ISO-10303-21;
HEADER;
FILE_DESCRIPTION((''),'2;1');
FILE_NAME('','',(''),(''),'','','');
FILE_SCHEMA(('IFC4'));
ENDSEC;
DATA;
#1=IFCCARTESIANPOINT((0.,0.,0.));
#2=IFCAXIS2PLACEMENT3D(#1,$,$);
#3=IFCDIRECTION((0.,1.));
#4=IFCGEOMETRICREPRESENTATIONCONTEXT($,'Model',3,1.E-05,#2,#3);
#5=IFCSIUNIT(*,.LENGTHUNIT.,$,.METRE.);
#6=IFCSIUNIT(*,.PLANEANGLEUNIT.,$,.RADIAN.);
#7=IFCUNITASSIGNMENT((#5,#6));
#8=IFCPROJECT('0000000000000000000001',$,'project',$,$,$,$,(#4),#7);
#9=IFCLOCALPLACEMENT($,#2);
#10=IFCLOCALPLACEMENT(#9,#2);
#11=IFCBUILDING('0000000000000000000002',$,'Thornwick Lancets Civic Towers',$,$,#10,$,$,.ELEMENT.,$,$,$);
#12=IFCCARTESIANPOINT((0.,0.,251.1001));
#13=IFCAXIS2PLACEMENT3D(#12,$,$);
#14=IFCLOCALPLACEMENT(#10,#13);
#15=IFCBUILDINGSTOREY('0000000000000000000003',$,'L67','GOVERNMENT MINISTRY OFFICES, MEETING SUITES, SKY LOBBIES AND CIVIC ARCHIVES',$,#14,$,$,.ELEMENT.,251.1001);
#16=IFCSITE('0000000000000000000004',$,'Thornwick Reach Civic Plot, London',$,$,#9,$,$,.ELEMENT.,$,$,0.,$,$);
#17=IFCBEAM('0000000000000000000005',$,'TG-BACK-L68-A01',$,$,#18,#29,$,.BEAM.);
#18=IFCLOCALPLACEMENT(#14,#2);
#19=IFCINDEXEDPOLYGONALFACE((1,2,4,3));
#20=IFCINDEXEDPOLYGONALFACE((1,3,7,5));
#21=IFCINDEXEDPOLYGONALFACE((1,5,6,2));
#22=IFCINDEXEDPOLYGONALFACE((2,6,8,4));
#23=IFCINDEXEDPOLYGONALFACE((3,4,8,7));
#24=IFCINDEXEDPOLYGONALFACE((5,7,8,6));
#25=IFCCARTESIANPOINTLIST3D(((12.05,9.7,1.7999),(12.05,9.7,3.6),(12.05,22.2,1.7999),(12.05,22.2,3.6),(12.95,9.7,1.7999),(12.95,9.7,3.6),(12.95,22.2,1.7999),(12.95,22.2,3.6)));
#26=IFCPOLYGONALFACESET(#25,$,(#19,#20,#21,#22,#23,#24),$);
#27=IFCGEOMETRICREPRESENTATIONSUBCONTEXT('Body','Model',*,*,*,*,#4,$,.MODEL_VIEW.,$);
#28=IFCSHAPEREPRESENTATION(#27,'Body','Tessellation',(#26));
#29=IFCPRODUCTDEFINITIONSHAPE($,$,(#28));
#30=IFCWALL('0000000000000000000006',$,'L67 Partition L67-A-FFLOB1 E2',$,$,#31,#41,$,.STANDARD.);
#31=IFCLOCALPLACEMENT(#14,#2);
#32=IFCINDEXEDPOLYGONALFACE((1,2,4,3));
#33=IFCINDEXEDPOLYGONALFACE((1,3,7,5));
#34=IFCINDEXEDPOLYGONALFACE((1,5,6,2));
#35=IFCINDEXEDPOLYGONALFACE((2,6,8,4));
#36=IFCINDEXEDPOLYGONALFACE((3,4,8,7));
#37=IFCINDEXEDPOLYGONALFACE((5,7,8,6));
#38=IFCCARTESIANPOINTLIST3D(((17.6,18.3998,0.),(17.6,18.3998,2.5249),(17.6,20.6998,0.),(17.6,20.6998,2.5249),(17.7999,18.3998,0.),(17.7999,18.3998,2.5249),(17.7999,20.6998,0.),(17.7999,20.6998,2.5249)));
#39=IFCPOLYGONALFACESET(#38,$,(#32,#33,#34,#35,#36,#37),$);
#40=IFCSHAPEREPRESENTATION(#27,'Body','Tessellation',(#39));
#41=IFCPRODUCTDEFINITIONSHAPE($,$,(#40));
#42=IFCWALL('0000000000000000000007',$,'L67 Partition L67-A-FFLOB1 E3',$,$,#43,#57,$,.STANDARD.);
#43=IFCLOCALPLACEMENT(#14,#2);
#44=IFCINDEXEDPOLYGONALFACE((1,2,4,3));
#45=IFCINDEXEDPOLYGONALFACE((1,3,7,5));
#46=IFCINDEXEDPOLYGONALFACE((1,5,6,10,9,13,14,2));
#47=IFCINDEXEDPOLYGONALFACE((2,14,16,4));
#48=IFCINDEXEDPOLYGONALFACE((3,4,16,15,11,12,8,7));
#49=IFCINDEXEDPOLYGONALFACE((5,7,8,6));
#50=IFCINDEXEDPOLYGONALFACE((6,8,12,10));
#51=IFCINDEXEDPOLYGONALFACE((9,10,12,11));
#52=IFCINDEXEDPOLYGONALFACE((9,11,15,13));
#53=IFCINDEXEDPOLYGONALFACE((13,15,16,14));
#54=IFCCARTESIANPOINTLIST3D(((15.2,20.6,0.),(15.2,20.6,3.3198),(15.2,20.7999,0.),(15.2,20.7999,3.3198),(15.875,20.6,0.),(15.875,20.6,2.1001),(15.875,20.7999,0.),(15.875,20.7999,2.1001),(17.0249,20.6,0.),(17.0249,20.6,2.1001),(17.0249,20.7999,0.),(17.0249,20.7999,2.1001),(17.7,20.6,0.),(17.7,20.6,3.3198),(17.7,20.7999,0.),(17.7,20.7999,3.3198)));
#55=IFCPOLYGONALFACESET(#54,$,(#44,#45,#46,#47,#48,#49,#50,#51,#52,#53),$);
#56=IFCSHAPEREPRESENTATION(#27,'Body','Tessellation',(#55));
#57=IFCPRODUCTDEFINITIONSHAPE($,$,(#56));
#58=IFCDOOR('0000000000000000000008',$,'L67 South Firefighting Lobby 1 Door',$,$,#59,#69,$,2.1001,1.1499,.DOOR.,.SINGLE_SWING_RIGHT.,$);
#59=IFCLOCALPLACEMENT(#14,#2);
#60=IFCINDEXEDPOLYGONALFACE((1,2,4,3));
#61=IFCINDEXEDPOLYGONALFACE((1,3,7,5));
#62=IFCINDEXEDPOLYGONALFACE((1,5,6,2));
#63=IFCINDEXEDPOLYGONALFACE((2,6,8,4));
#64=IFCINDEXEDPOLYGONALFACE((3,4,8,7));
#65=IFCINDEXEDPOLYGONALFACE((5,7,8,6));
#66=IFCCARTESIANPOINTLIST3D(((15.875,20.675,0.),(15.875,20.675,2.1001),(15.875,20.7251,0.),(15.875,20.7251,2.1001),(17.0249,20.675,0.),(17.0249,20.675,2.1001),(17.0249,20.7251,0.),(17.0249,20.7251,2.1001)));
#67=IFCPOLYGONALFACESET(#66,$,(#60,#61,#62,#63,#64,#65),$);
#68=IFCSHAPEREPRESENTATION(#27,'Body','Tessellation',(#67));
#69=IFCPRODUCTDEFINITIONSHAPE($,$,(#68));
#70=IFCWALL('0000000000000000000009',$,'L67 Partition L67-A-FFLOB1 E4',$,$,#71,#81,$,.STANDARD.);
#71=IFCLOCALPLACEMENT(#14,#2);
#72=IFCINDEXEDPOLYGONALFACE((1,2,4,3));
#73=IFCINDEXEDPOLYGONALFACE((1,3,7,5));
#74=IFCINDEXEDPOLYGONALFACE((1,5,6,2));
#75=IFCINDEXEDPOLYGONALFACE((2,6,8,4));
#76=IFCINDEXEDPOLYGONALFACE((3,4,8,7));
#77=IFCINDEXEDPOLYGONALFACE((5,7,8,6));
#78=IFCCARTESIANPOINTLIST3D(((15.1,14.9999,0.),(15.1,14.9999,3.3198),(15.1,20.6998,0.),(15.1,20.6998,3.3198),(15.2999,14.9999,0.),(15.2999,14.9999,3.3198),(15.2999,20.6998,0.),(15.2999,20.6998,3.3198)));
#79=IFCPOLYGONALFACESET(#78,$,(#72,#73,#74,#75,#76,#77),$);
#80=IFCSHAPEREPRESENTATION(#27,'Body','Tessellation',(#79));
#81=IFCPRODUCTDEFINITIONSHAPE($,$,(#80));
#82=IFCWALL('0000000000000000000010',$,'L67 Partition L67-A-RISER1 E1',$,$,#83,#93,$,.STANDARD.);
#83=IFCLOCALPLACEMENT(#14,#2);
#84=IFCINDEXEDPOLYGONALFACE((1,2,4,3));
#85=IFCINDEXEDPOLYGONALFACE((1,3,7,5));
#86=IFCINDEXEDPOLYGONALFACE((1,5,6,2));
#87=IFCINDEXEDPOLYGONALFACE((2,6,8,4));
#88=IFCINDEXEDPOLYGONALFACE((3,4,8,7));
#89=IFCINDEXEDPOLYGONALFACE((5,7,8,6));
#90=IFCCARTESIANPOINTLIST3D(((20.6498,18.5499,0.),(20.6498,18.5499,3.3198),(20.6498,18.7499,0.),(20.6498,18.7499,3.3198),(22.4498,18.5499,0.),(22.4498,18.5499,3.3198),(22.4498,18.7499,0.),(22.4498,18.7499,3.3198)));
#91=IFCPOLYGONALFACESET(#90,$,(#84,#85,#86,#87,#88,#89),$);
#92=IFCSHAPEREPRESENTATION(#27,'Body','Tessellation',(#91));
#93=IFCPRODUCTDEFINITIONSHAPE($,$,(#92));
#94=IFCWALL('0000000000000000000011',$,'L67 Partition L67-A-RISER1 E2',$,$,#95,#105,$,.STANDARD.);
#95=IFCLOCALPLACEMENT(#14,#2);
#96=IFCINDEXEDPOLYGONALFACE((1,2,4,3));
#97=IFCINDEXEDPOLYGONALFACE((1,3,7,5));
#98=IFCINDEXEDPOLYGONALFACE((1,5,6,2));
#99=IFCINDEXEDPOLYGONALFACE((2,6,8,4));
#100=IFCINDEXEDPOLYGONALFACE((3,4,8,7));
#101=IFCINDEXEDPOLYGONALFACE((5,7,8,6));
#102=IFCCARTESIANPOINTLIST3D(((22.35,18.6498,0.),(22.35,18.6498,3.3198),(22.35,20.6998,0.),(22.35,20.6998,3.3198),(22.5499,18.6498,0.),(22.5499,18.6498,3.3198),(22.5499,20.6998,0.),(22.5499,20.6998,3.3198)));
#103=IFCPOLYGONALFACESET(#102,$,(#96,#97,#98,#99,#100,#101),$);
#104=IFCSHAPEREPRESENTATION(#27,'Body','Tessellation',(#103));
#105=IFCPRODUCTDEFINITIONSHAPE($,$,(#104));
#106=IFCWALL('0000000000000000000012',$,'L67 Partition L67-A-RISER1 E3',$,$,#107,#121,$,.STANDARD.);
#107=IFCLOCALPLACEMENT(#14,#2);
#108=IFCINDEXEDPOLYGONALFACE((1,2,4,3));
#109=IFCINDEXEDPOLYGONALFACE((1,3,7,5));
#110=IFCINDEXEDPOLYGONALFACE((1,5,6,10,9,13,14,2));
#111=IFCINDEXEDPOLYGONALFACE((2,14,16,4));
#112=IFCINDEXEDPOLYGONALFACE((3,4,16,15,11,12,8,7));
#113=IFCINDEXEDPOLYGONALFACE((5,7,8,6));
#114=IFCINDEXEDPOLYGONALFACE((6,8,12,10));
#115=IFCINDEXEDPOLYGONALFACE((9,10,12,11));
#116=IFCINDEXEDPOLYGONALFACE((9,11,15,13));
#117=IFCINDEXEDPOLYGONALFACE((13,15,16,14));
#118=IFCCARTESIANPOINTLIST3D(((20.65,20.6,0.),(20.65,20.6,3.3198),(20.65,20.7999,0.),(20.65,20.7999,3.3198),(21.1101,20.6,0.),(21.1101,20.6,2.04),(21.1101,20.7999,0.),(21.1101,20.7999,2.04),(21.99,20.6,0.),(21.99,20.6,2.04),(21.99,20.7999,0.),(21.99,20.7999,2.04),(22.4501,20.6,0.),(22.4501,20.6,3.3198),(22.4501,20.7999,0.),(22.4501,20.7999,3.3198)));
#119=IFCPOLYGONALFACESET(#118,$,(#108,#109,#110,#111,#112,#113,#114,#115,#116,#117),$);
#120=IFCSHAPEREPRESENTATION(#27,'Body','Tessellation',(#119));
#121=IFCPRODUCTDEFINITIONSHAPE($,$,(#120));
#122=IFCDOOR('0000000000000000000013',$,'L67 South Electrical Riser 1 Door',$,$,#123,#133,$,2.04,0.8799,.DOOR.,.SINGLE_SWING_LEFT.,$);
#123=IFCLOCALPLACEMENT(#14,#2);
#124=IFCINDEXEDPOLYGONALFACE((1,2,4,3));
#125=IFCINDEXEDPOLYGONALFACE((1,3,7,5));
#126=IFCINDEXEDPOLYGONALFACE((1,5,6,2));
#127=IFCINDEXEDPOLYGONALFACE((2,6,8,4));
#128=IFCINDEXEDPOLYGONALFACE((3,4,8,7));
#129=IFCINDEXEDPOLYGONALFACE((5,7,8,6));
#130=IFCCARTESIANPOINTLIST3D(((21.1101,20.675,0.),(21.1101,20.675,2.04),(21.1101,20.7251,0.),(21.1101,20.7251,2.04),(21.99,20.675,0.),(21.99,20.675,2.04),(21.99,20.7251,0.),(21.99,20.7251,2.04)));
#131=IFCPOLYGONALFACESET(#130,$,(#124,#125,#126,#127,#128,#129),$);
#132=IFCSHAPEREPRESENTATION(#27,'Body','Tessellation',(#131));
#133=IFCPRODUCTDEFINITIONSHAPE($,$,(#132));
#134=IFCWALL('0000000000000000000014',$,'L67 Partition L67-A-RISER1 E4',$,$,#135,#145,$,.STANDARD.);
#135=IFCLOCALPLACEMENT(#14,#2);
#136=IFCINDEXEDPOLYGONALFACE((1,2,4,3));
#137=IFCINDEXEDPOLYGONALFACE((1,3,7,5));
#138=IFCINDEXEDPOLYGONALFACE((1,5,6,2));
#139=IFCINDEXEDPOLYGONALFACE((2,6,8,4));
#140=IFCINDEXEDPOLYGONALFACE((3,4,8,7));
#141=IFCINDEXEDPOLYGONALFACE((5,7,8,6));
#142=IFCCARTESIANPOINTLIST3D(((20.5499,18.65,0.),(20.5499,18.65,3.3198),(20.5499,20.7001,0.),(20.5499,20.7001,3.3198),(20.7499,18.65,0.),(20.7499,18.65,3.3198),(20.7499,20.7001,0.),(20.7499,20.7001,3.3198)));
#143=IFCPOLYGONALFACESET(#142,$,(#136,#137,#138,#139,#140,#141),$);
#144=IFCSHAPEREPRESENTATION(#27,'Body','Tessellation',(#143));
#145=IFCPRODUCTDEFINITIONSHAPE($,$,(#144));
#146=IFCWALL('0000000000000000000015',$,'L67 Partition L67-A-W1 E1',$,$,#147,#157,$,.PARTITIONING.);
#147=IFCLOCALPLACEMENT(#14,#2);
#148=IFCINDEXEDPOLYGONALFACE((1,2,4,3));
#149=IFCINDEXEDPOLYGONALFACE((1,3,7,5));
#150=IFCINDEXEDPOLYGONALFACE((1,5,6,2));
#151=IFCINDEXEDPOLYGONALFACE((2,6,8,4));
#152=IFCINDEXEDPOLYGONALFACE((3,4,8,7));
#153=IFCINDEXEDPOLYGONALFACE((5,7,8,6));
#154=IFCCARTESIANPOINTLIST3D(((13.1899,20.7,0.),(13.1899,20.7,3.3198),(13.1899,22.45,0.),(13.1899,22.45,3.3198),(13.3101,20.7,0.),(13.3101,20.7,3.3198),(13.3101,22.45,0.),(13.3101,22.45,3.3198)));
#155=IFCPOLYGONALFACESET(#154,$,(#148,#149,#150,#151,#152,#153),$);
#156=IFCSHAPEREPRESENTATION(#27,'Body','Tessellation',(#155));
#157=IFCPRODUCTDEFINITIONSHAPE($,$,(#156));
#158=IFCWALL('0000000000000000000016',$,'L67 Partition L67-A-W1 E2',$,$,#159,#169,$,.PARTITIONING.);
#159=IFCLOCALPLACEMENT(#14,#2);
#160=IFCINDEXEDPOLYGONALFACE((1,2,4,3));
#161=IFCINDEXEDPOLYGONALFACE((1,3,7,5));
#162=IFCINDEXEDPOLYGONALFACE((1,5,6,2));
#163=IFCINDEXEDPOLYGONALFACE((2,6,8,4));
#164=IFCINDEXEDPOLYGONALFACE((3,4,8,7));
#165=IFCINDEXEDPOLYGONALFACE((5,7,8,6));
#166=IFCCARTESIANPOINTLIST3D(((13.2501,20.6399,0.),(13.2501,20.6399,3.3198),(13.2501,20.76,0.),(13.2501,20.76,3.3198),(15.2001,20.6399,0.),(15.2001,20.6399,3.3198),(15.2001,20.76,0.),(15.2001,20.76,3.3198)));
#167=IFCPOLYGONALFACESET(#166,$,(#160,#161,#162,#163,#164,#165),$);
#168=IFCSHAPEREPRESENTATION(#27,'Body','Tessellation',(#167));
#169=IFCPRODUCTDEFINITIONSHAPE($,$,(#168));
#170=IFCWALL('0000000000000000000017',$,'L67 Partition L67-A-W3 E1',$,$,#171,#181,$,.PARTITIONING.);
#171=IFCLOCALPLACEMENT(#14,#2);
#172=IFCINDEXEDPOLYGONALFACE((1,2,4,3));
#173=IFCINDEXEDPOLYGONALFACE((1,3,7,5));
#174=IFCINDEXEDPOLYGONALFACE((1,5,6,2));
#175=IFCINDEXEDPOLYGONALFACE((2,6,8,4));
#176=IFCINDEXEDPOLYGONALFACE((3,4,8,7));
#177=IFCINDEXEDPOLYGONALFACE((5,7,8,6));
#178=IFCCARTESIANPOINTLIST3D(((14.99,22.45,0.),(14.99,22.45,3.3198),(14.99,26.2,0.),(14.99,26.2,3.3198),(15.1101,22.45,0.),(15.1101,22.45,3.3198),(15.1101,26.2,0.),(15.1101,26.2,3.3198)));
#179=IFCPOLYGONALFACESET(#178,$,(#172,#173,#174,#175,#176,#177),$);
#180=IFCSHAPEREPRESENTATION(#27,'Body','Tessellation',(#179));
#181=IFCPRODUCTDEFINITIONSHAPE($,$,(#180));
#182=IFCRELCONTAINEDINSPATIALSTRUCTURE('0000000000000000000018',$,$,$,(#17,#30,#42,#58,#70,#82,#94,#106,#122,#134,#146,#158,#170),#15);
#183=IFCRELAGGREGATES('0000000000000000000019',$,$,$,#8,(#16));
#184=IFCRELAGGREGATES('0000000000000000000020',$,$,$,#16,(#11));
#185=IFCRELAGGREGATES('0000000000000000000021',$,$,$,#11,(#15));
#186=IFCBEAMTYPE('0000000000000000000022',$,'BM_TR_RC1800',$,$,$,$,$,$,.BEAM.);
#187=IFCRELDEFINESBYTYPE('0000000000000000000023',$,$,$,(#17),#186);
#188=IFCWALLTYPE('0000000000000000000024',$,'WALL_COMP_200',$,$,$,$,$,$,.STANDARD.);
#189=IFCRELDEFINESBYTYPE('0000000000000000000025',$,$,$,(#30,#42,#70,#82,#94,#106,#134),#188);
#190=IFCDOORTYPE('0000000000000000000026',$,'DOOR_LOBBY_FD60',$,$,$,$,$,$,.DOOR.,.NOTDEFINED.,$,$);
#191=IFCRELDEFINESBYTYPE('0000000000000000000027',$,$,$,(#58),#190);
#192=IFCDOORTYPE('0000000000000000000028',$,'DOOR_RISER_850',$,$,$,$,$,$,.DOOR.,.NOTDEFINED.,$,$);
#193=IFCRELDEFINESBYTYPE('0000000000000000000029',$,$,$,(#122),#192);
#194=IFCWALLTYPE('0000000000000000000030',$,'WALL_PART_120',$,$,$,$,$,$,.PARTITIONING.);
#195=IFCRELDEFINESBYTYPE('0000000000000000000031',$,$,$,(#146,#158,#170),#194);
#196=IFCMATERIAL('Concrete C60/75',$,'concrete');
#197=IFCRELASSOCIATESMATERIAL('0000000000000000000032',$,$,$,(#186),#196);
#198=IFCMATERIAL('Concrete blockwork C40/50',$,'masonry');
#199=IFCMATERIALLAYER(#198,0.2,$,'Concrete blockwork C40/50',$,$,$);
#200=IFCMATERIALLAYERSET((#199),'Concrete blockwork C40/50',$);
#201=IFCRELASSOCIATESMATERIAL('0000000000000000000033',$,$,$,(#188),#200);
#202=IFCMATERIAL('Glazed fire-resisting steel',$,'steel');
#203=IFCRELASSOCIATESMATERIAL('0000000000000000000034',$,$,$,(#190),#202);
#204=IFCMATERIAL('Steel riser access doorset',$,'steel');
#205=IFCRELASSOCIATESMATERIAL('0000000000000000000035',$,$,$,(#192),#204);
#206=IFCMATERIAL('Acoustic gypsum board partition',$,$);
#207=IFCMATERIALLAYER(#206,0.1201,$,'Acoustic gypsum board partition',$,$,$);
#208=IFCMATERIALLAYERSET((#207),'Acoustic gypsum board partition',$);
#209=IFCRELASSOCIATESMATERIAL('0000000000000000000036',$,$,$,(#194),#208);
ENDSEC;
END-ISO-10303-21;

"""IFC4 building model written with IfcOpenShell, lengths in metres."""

from ifc_helpers import new_model, si_unit, direction, frame, frame_2d, origin, origin_2d, place, context, subcontext, project, spatial, rectangle, extrude, material, layer, layer_set, material_profile, profile_set, type_object, element, fill, save


model = new_model("IFC4")

# Units and contexts
model_context = context("Model", 3, precision=1e-05, world=origin(), true_north=direction((0.0, 1.0)))
body_context = subcontext(model_context, "Body", "Model", "MODEL_VIEW")
ifc_project = project(units=[si_unit("LENGTHUNIT", "METRE"), si_unit("PLANEANGLEUNIT", "RADIAN")], contexts=[model_context])

# Site, building, storey
site_placement = place(None, origin())
site = spatial("IfcSite", under=ifc_project, at=site_placement, Name="Thornwick Reach Civic Plot, London", CompositionType="ELEMENT", RefElevation=0.0)
building_placement = place(site_placement, origin())
building = spatial("IfcBuilding", under=site, at=building_placement, Name="Thornwick Lancets Civic Towers", CompositionType="ELEMENT")
storey_placement = place(building_placement, frame((0.0, 0.0, 251.1001)))
storey = spatial("IfcBuildingStorey", under=building, at=storey_placement, Name="L67", Description="GOVERNMENT MINISTRY OFFICES, MEETING SUITES, SKY LOBBIES AND CIVIC ARCHIVES", CompositionType="ELEMENT", Elevation=251.1001)

# Beam
ifc_material_1 = material(Name="Concrete C60/75", Category="concrete")
ifc_material_profile = material_profile(ifc_material_1, rectangle(XDim=0.8999, YDim=1.8, at=origin_2d()), Name="RC 900x1800")
ifc_profile_set = profile_set([ifc_material_profile], Name="Concrete C60/75")
beam_type = type_object("IfcBeamType", Name="BM_TR_RC1800", PredefinedType="BEAM", material=ifc_profile_set)
beam_placement = place(storey_placement, frame((12.5, 22.2, 2.7), z_axis=(0.0, -1.0, 0.0), x_axis=(1.0, 0.0, 0.0)))
element("IfcBeam", 1, at=beam_placement, inside=storey, type_object=beam_type, Name="TG-BACK-L68-A01", PredefinedType="BEAM", context=body_context, shape_type="SweptSolid", body=[
    extrude(rectangle(XDim=0.8999, YDim=1.8, at=origin_2d()), origin(), (0.0, 0.0, 1.0), 12.5),
])

# Wall
ifc_material_2 = material(Name="Concrete blockwork C40/50", Category="masonry")
ifc_layer_1 = layer(ifc_material_2, 0.2, Name="Concrete blockwork C40/50")
ifc_layer_set_1 = layer_set([ifc_layer_1], Name="Concrete blockwork C40/50")
wall_type_1 = type_object("IfcWallType", Name="WALL_COMP_200", PredefinedType="STANDARD", material=ifc_layer_set_1)
wall_1_placement = place(storey_placement, frame((17.7, 18.3999, 0.0), z_axis=(0.0, 0.0, 1.0), x_axis=(0.0, 1.0, 0.0)))
element("IfcWall", 2, at=wall_1_placement, inside=storey, type_object=wall_type_1, Name="L67 Partition L67-A-FFLOB1 E2", PredefinedType="STANDARD", context=body_context, shape_type="SweptSolid", body=[
    extrude(rectangle(XDim=2.3, YDim=0.2, at=frame_2d((1.1499, 0.0))), origin(), (0.0, 0.0, 1.0), 2.5249),
])

# Wall, opening, door
wall_2_placement = place(storey_placement, frame((17.7, 20.7, 0.0), z_axis=(0.0, 0.0, 1.0), x_axis=(-1.0, 0.0, 0.0)))
wall_2 = element("IfcWall", 3, at=wall_2_placement, inside=storey, type_object=wall_type_1, Name="L67 Partition L67-A-FFLOB1 E3", PredefinedType="STANDARD", context=body_context, shape_type="SweptSolid", body=[
    extrude(rectangle(XDim=2.5, YDim=0.2, at=frame_2d((1.25, 0.0))), origin(), (0.0, 0.0, 1.0), 3.3198),
])
opening_1_placement = place(wall_2_placement, frame((0.675, 0.0, 0.0)))
opening_1 = element("IfcOpeningElement", 4, at=opening_1_placement, cuts=wall_2, PredefinedType="OPENING", context=body_context, shape_type="SweptSolid", body=[
    extrude(rectangle(XDim=1.1499, YDim=2.1001, at=frame_2d((0.575, 1.05))), frame((0.0, 0.1099, 0.0), z_axis=(0.0, -1.0, 0.0), x_axis=(1.0, 0.0, 0.0)), (0.0, 0.0, 1.0), 0.22),
])
ifc_material_3 = material(Name="Glazed fire-resisting steel", Category="steel")
door_type_1 = type_object("IfcDoorType", Name="DOOR_LOBBY_FD60", OperationType="NOTDEFINED", PredefinedType="DOOR", material=ifc_material_3)
door_1_placement = place(opening_1_placement, origin())
door_1 = element("IfcDoor", 5, at=door_1_placement, inside=storey, type_object=door_type_1, Name="L67 South Firefighting Lobby 1 Door", OperationType="SINGLE_SWING_RIGHT", OverallHeight=2.1001, OverallWidth=1.1499, PredefinedType="DOOR", context=body_context, shape_type="SweptSolid", body=[
    extrude(rectangle(XDim=1.1499, YDim=2.1001, at=frame_2d((0.575, 1.05))), frame((0.0, 0.0249, 0.0), z_axis=(0.0, -1.0, 0.0), x_axis=(1.0, 0.0, 0.0)), (0.0, 0.0, 1.0), 0.05),
])
fill(opening_1, door_1)

# Walls
wall_3_placement = place(storey_placement, frame((15.2, 20.7, 0.0), z_axis=(0.0, 0.0, 1.0), x_axis=(0.0, -1.0, 0.0)))
element("IfcWall", 6, at=wall_3_placement, inside=storey, type_object=wall_type_1, Name="L67 Partition L67-A-FFLOB1 E4", PredefinedType="STANDARD", context=body_context, shape_type="SweptSolid", body=[
    extrude(rectangle(XDim=5.7, YDim=0.2, at=frame_2d((2.8501, 0.0))), origin(), (0.0, 0.0, 1.0), 3.3198),
])
wall_4_placement = place(storey_placement, frame((20.6499, 18.6499, 0.0), z_axis=(0.0, 0.0, 1.0), x_axis=(1.0, 0.0, 0.0)))
element("IfcWall", 7, at=wall_4_placement, inside=storey, type_object=wall_type_1, Name="L67 Partition L67-A-RISER1 E1", PredefinedType="STANDARD", context=body_context, shape_type="SweptSolid", body=[
    extrude(rectangle(XDim=1.8, YDim=0.2, at=frame_2d((0.8999, 0.0))), origin(), (0.0, 0.0, 1.0), 3.3198),
])
wall_5_placement = place(storey_placement, frame((22.45, 18.6499, 0.0), z_axis=(0.0, 0.0, 1.0), x_axis=(0.0, 1.0, 0.0)))
element("IfcWall", 8, at=wall_5_placement, inside=storey, type_object=wall_type_1, Name="L67 Partition L67-A-RISER1 E2", PredefinedType="STANDARD", context=body_context, shape_type="SweptSolid", body=[
    extrude(rectangle(XDim=2.05, YDim=0.2, at=frame_2d((1.0249, 0.0))), origin(), (0.0, 0.0, 1.0), 3.3198),
])

# Wall, opening, door
wall_6_placement = place(storey_placement, frame((22.45, 20.7, 0.0), z_axis=(0.0, 0.0, 1.0), x_axis=(-1.0, 0.0, 0.0)))
wall_6 = element("IfcWall", 9, at=wall_6_placement, inside=storey, type_object=wall_type_1, Name="L67 Partition L67-A-RISER1 E3", PredefinedType="STANDARD", context=body_context, shape_type="SweptSolid", body=[
    extrude(rectangle(XDim=1.8, YDim=0.2, at=frame_2d((0.8999, 0.0))), origin(), (0.0, 0.0, 1.0), 3.3198),
])
opening_2_placement = place(wall_6_placement, frame((0.46, 0.0, 0.0)))
opening_2 = element("IfcOpeningElement", 10, at=opening_2_placement, cuts=wall_6, PredefinedType="OPENING", context=body_context, shape_type="SweptSolid", body=[
    extrude(rectangle(XDim=0.8799, YDim=2.04, at=frame_2d((0.4399, 1.02))), frame((0.0, 0.1099, 0.0), z_axis=(0.0, -1.0, 0.0), x_axis=(1.0, 0.0, 0.0)), (0.0, 0.0, 1.0), 0.22),
])
ifc_material_4 = material(Name="Steel riser access doorset", Category="steel")
door_type_2 = type_object("IfcDoorType", Name="DOOR_RISER_850", OperationType="NOTDEFINED", PredefinedType="DOOR", material=ifc_material_4)
door_2_placement = place(opening_2_placement, origin())
door_2 = element("IfcDoor", 11, at=door_2_placement, inside=storey, type_object=door_type_2, Name="L67 South Electrical Riser 1 Door", OperationType="SINGLE_SWING_LEFT", OverallHeight=2.04, OverallWidth=0.8799, PredefinedType="DOOR", context=body_context, shape_type="SweptSolid", body=[
    extrude(rectangle(XDim=0.8799, YDim=2.04, at=frame_2d((0.4399, 1.02))), frame((0.0, 0.0249, 0.0), z_axis=(0.0, -1.0, 0.0), x_axis=(1.0, 0.0, 0.0)), (0.0, 0.0, 1.0), 0.05),
])
fill(opening_2, door_2)

# Walls
wall_7_placement = place(storey_placement, frame((20.6499, 20.7, 0.0), z_axis=(0.0, 0.0, 1.0), x_axis=(0.0, -1.0, 0.0)))
element("IfcWall", 12, at=wall_7_placement, inside=storey, type_object=wall_type_1, Name="L67 Partition L67-A-RISER1 E4", PredefinedType="STANDARD", context=body_context, shape_type="SweptSolid", body=[
    extrude(rectangle(XDim=2.05, YDim=0.2, at=frame_2d((1.0249, 0.0))), origin(), (0.0, 0.0, 1.0), 3.3198),
])
ifc_material_5 = material(Name="Acoustic gypsum board partition")
ifc_layer_2 = layer(ifc_material_5, 0.1201, Name="Acoustic gypsum board partition")
ifc_layer_set_2 = layer_set([ifc_layer_2], Name="Acoustic gypsum board partition")
wall_type_2 = type_object("IfcWallType", Name="WALL_PART_120", PredefinedType="PARTITIONING", material=ifc_layer_set_2)
wall_8_placement = place(storey_placement, frame((13.25, 22.45, 0.0), z_axis=(0.0, 0.0, 1.0), x_axis=(0.0, -1.0, 0.0)))
element("IfcWall", 13, at=wall_8_placement, inside=storey, type_object=wall_type_2, Name="L67 Partition L67-A-W1 E1", PredefinedType="PARTITIONING", context=body_context, shape_type="SweptSolid", body=[
    extrude(rectangle(XDim=1.75, YDim=0.1201, at=frame_2d((0.875, 0.0))), origin(), (0.0, 0.0, 1.0), 3.3198),
])
wall_9_placement = place(storey_placement, frame((13.25, 20.7, 0.0), z_axis=(0.0, 0.0, 1.0), x_axis=(1.0, 0.0, 0.0)))
element("IfcWall", 14, at=wall_9_placement, inside=storey, type_object=wall_type_2, Name="L67 Partition L67-A-W1 E2", PredefinedType="PARTITIONING", context=body_context, shape_type="SweptSolid", body=[
    extrude(rectangle(XDim=1.95, YDim=0.1201, at=frame_2d((0.9751, 0.0))), origin(), (0.0, 0.0, 1.0), 3.3198),
])
wall_10_placement = place(storey_placement, frame((15.05, 22.45, 0.0), z_axis=(0.0, 0.0, 1.0), x_axis=(0.0, 1.0, 0.0)))
element("IfcWall", 15, at=wall_10_placement, inside=storey, type_object=wall_type_2, Name="L67 Partition L67-A-W3 E1", PredefinedType="PARTITIONING", context=body_context, shape_type="SweptSolid", body=[
    extrude(rectangle(XDim=3.75, YDim=0.1201, at=frame_2d((1.875, 0.0))), origin(), (0.0, 0.0, 1.0), 3.3198),
])

save(model, "model.ifc")
